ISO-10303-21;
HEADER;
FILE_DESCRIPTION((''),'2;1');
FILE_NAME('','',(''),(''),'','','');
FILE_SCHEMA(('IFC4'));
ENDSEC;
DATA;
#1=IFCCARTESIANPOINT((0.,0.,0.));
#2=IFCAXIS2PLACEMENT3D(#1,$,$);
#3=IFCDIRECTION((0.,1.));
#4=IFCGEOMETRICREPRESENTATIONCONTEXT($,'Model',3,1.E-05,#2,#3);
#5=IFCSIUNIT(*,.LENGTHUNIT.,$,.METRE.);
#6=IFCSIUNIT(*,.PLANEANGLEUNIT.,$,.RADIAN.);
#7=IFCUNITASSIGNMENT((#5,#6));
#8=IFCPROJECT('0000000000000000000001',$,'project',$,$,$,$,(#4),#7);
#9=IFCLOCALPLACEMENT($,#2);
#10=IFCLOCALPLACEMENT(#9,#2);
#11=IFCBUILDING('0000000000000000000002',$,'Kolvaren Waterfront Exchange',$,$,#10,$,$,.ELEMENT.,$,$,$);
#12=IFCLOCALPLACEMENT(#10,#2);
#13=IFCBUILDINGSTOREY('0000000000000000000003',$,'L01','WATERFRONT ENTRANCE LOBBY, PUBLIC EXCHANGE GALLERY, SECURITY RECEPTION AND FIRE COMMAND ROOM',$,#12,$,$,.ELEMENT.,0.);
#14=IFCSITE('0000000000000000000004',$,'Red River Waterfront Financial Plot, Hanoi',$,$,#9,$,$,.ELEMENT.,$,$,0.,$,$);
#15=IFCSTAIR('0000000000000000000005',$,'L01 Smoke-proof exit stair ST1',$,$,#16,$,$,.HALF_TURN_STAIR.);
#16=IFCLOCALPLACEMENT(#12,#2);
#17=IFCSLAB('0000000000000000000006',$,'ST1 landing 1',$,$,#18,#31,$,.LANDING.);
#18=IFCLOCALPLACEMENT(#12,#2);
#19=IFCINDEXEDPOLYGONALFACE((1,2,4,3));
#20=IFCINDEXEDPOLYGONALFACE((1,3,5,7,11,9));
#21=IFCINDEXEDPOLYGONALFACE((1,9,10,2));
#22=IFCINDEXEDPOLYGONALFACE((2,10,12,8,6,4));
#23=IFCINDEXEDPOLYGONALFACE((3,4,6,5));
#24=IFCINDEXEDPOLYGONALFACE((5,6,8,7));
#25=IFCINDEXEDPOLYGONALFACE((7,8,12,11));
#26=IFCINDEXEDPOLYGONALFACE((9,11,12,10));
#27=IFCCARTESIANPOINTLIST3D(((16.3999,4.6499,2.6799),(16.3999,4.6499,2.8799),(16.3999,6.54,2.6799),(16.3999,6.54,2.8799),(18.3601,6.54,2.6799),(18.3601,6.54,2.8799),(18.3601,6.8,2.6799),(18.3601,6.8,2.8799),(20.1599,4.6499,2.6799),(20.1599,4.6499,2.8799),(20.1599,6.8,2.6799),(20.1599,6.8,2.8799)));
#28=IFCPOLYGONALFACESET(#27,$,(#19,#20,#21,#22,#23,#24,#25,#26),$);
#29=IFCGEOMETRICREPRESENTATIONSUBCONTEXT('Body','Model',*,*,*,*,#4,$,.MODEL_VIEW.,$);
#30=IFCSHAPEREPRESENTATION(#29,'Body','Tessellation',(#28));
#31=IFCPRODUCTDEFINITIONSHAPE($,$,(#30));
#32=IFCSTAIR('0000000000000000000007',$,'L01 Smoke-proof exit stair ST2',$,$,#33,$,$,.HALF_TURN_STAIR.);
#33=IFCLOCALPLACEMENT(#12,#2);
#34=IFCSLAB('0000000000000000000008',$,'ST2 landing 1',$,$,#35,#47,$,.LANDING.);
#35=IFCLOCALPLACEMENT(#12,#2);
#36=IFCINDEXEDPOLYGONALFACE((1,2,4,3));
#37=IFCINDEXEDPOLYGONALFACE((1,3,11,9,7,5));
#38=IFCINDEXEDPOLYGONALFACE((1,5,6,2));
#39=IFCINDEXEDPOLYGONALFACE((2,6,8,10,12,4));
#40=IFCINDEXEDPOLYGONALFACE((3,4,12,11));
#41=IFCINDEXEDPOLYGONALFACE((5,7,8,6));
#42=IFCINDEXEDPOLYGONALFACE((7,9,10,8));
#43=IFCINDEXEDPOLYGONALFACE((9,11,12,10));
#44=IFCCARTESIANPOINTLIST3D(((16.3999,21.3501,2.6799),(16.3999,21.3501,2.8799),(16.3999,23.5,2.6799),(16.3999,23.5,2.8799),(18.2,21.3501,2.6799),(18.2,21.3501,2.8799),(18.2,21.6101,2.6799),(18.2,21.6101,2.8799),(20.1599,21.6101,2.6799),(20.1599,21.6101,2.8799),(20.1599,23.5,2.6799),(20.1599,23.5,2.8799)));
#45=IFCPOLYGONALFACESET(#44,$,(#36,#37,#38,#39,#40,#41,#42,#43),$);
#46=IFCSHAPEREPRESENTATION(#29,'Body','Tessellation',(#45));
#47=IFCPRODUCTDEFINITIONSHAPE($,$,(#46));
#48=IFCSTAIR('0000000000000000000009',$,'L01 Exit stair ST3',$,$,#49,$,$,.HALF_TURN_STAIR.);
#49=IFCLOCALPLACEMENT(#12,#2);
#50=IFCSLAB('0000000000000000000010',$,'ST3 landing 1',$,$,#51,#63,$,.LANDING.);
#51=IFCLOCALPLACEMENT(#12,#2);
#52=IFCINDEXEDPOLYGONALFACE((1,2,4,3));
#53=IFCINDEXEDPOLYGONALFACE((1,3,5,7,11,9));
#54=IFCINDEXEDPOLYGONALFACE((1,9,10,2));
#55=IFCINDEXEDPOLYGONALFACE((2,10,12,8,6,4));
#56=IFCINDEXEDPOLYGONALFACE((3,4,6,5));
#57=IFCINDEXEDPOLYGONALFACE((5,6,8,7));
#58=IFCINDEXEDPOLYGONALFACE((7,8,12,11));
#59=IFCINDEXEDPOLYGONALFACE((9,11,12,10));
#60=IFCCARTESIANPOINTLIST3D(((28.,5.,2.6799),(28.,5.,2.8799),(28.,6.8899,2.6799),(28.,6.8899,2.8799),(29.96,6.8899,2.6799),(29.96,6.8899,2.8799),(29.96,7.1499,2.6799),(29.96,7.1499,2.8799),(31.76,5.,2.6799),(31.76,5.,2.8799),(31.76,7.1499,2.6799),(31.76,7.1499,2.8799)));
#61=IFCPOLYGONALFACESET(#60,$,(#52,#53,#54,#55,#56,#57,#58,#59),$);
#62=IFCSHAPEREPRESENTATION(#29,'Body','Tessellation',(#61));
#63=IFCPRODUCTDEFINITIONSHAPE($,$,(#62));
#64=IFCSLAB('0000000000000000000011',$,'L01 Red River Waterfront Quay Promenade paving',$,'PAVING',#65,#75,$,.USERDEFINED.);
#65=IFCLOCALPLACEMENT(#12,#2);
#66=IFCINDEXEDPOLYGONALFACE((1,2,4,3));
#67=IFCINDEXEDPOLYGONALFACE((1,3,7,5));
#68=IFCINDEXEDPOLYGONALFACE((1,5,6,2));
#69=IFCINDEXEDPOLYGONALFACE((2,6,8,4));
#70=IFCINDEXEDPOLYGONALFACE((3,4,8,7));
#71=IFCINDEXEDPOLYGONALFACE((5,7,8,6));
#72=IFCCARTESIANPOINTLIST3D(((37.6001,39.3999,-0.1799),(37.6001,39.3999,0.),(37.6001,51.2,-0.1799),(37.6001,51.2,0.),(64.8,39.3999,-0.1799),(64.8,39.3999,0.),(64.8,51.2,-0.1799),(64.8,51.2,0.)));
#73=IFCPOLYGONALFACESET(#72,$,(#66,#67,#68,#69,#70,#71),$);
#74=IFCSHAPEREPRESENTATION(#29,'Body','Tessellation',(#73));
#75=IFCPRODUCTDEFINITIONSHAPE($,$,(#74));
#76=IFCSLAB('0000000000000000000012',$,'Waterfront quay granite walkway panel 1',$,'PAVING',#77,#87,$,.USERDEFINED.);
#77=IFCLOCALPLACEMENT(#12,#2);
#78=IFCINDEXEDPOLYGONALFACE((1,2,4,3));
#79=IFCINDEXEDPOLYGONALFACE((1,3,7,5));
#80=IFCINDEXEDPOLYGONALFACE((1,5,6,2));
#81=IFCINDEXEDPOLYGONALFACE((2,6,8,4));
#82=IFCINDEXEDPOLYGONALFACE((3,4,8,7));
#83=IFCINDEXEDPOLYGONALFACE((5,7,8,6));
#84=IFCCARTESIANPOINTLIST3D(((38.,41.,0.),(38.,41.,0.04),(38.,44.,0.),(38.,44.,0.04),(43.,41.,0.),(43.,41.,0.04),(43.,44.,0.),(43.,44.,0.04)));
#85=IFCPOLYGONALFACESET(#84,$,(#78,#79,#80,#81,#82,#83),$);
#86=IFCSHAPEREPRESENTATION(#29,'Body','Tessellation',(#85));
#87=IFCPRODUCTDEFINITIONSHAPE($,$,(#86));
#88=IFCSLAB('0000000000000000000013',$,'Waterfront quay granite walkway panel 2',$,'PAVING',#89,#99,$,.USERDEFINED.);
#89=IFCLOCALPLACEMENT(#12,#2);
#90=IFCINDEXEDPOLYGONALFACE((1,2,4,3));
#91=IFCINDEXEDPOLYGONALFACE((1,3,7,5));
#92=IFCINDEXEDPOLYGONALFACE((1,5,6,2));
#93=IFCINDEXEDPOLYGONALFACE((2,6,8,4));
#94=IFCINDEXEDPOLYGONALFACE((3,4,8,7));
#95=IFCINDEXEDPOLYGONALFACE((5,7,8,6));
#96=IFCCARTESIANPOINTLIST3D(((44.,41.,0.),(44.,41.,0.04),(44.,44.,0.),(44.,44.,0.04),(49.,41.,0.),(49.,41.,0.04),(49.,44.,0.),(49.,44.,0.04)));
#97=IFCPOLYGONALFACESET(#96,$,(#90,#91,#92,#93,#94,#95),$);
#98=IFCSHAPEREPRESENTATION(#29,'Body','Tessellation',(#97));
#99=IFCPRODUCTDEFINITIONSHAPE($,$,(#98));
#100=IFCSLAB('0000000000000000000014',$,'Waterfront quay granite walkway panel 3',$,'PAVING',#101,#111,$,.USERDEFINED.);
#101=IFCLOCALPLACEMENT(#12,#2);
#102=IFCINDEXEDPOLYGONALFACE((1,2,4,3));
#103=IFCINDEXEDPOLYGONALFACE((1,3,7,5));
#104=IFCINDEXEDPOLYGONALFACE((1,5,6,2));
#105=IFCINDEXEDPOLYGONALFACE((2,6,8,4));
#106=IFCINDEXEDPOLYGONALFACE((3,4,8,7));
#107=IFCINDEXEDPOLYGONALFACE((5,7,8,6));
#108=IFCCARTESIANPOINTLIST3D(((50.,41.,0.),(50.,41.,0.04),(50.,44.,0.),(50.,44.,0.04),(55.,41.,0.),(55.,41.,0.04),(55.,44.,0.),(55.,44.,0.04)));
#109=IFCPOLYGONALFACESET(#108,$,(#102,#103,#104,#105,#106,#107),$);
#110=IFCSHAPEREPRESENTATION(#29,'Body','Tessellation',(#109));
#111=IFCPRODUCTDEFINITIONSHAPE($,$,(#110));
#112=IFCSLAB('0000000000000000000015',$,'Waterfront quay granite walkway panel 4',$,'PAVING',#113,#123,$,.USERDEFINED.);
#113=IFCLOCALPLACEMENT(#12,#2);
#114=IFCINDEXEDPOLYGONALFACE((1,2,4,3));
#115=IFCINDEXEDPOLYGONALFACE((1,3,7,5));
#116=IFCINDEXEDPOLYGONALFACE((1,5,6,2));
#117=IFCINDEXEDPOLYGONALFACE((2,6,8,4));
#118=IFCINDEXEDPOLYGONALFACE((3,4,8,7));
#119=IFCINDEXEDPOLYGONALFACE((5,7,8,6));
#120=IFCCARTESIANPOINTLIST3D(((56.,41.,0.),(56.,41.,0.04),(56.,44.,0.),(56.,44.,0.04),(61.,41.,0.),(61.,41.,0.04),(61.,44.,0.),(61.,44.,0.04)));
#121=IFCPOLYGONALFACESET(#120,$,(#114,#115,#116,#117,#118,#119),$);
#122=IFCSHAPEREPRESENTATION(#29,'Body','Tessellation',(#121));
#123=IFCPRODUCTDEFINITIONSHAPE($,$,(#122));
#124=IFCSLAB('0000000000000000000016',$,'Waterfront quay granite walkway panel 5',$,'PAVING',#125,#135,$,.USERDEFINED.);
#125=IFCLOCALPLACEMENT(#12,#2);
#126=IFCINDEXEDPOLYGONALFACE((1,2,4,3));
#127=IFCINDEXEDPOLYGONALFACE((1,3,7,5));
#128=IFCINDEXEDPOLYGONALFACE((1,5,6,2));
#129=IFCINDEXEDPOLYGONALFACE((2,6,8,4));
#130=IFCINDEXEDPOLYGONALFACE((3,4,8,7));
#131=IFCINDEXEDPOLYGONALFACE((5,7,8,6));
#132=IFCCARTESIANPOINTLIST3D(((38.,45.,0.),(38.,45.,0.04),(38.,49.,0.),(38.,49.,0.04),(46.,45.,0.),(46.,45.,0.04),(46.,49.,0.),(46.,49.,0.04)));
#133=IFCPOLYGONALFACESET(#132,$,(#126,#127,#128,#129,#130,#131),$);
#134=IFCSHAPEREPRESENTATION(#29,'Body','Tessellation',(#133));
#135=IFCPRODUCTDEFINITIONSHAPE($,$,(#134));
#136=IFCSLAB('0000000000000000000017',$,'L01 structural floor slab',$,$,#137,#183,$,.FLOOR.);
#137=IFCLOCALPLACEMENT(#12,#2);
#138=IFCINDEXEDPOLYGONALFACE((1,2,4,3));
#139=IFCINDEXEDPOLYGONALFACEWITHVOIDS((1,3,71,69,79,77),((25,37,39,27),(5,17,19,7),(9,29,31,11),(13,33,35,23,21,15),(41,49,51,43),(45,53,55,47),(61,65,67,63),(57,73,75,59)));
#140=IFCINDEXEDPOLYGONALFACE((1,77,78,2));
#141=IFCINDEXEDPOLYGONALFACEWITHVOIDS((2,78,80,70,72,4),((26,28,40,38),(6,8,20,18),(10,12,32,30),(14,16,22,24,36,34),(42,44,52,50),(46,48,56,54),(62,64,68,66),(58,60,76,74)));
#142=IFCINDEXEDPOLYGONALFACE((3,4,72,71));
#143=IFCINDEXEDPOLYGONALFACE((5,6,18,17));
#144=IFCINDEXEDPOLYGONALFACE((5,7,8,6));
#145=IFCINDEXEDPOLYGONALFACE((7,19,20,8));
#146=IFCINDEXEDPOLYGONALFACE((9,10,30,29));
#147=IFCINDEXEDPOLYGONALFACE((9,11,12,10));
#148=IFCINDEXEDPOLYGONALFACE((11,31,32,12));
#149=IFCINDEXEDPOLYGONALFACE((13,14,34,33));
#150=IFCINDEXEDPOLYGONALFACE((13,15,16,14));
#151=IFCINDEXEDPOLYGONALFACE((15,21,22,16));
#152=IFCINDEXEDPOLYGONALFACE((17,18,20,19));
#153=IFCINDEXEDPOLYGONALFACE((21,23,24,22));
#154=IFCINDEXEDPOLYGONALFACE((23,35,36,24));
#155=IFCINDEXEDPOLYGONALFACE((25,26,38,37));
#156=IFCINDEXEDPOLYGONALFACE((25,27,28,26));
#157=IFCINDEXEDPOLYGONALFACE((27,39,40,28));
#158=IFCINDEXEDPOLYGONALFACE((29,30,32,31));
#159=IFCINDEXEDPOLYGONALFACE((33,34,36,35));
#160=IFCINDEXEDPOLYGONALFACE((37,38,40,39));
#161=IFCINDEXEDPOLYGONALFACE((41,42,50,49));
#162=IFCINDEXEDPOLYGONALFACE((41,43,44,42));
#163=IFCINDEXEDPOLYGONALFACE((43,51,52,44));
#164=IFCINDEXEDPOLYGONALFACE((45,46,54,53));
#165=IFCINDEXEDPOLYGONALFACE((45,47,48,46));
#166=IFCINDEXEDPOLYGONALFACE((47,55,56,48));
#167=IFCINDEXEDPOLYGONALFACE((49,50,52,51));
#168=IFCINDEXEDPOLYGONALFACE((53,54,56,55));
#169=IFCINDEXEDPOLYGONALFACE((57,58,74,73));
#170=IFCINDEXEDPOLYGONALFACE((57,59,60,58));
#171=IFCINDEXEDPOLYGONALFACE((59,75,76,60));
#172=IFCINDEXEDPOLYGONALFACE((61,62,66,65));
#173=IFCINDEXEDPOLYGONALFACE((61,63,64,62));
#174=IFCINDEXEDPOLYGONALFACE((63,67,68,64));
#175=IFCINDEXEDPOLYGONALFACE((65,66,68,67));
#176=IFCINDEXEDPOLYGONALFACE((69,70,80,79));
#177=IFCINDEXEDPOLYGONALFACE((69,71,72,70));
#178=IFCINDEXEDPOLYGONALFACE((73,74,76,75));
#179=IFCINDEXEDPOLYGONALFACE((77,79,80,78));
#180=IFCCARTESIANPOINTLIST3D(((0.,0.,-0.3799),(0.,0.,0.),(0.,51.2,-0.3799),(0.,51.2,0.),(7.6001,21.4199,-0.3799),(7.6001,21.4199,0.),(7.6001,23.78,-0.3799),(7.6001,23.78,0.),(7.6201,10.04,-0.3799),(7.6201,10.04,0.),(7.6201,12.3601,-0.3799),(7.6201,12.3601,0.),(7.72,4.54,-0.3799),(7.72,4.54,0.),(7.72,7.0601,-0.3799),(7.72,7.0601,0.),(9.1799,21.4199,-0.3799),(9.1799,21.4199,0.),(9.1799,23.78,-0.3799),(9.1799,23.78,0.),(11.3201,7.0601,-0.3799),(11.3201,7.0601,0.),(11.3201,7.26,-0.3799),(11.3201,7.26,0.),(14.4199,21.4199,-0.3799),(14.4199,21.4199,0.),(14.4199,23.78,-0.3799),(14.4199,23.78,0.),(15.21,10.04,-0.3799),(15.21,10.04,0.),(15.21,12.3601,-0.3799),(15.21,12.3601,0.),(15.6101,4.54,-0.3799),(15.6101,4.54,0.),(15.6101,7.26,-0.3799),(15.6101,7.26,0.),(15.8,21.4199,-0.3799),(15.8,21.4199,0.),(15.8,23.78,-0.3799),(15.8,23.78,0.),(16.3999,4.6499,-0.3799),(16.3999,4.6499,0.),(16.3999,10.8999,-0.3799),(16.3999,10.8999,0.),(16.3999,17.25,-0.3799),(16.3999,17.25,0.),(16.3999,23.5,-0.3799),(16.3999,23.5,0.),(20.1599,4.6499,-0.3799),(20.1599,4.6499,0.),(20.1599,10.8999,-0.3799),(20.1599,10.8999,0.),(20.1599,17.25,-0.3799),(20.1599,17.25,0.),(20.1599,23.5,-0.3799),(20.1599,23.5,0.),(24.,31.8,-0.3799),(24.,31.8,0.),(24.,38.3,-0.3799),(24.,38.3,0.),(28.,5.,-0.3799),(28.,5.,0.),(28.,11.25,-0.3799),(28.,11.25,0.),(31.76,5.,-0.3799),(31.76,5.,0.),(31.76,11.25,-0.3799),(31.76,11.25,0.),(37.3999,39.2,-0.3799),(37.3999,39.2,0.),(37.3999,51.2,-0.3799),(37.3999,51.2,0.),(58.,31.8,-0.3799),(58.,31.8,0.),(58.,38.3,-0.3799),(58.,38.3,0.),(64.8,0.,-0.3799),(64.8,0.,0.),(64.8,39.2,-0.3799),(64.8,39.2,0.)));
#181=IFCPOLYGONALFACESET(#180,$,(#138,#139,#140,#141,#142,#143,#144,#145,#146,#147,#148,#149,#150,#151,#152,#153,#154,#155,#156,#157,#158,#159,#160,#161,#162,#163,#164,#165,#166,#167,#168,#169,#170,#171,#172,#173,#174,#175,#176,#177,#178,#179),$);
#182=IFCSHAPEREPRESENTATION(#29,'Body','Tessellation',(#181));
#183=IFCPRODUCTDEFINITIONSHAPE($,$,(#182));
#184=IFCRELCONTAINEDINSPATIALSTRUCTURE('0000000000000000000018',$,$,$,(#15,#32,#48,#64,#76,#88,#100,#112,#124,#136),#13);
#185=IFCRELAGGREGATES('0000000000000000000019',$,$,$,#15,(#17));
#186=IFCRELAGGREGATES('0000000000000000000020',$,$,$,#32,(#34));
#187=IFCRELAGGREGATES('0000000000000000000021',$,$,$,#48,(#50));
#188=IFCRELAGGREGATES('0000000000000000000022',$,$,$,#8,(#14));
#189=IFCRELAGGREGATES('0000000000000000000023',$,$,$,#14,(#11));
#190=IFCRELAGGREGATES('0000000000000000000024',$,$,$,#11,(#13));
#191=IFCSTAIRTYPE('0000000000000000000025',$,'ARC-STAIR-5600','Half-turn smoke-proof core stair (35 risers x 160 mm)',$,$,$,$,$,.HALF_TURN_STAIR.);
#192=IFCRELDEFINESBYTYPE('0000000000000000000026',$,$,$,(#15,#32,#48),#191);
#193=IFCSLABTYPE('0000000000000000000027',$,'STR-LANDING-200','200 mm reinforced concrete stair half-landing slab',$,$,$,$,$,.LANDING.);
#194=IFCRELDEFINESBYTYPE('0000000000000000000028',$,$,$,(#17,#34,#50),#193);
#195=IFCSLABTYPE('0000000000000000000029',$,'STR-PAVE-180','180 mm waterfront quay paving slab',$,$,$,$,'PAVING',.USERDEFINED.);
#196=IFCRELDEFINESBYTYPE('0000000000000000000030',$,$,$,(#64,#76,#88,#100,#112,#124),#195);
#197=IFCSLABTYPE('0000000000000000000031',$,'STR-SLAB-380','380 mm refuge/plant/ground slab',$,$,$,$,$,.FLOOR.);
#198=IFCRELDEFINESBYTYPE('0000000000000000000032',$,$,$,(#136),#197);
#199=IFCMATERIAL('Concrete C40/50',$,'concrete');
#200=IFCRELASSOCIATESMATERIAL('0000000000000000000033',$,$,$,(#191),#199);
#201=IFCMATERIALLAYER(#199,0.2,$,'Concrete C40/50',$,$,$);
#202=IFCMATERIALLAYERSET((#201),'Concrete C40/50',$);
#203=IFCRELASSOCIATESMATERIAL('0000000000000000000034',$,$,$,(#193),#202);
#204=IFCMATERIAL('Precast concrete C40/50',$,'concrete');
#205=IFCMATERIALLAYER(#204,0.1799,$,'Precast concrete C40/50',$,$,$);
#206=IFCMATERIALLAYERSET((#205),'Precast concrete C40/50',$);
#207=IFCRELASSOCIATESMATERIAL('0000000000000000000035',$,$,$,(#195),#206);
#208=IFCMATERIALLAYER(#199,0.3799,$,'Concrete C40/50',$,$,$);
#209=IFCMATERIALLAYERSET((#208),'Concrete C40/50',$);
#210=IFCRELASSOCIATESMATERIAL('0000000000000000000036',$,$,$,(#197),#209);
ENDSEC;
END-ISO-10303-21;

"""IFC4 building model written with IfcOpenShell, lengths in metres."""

from ifc_helpers import new_model, si_unit, direction, frame, origin, place, context, subcontext, project, spatial, polyline, outline, extrude, material, layer, layer_set, type_object, element, aggregate, save


model = new_model("IFC4")

# Units and contexts
model_context = context("Model", 3, precision=1e-05, world=origin(), true_north=direction((0.0, 1.0)))
body_context = subcontext(model_context, "Body", "Model", "MODEL_VIEW")
ifc_project = project(units=[si_unit("LENGTHUNIT", "METRE"), si_unit("PLANEANGLEUNIT", "RADIAN")], contexts=[model_context])

# Site, building, storey
site_placement = place(None, origin())
site = spatial("IfcSite", under=ifc_project, at=site_placement, Name="Red River Waterfront Financial Plot, Hanoi", CompositionType="ELEMENT", RefElevation=0.0)
building_placement = place(site_placement, origin())
building = spatial("IfcBuilding", under=site, at=building_placement, Name="Kolvaren Waterfront Exchange", CompositionType="ELEMENT")
storey_placement = place(building_placement, origin())
storey = spatial("IfcBuildingStorey", under=building, at=storey_placement, Name="L01", Description="WATERFRONT ENTRANCE LOBBY, PUBLIC EXCHANGE GALLERY, SECURITY RECEPTION AND FIRE COMMAND ROOM", CompositionType="ELEMENT", Elevation=0.0)

# Stairs, slabs
ifc_material_1 = material(Name="Concrete C40/50", Category="concrete")
stair_type = type_object("IfcStairType", Name="ARC-STAIR-5600", Description="Half-turn smoke-proof core stair (35 risers x 160 mm)", PredefinedType="HALF_TURN_STAIR", material=ifc_material_1)
stair_1_placement = place(storey_placement, origin())
stair_1 = element("IfcStair", 1, at=stair_1_placement, inside=storey, type_object=stair_type, Name="L01 Smoke-proof exit stair ST1", PredefinedType="HALF_TURN_STAIR")
ifc_layer_1 = layer(ifc_material_1, 0.2, Name="Concrete C40/50")
ifc_layer_set_1 = layer_set([ifc_layer_1], Name="Concrete C40/50")
slab_type_1 = type_object("IfcSlabType", Name="STR-LANDING-200", Description="200 mm reinforced concrete stair half-landing slab", PredefinedType="LANDING", material=ifc_layer_set_1)
slab_1_placement = place(storey_placement, frame((0.0, 0.0, 2.6799)))
slab_1 = element("IfcSlab", 2, at=slab_1_placement, type_object=slab_type_1, Name="ST1 landing 1", PredefinedType="LANDING", context=body_context, shape_type="SweptSolid", body=[
    extrude(outline(polyline([(16.3999, 6.54), (16.3999, 4.6499), (20.1599, 4.6499), (20.1599, 6.8), (18.3601, 6.8), (18.3601, 6.54), (16.3999, 6.54)])), origin(), (0.0, 0.0, 1.0), 0.2),
])
aggregate(stair_1, [slab_1])
stair_2_placement = place(storey_placement, origin())
stair_2 = element("IfcStair", 3, at=stair_2_placement, inside=storey, type_object=stair_type, Name="L01 Smoke-proof exit stair ST2", PredefinedType="HALF_TURN_STAIR")
slab_2_placement = place(storey_placement, frame((0.0, 0.0, 2.6799)))
slab_2 = element("IfcSlab", 4, at=slab_2_placement, type_object=slab_type_1, Name="ST2 landing 1", PredefinedType="LANDING", context=body_context, shape_type="SweptSolid", body=[
    extrude(outline(polyline([(20.1599, 21.6101), (20.1599, 23.5), (16.3999, 23.5), (16.3999, 21.3501), (18.2, 21.3501), (18.2, 21.6101), (20.1599, 21.6101)])), origin(), (0.0, 0.0, 1.0), 0.2),
])
aggregate(stair_2, [slab_2])
stair_3_placement = place(storey_placement, origin())
stair_3 = element("IfcStair", 5, at=stair_3_placement, inside=storey, type_object=stair_type, Name="L01 Exit stair ST3", PredefinedType="HALF_TURN_STAIR")
slab_3_placement = place(storey_placement, frame((0.0, 0.0, 2.6799)))
slab_3 = element("IfcSlab", 6, at=slab_3_placement, type_object=slab_type_1, Name="ST3 landing 1", PredefinedType="LANDING", context=body_context, shape_type="SweptSolid", body=[
    extrude(outline(polyline([(28.0, 6.8899), (28.0, 5.0), (31.76, 5.0), (31.76, 7.1499), (29.96, 7.1499), (29.96, 6.8899), (28.0, 6.8899)])), origin(), (0.0, 0.0, 1.0), 0.2),
])
aggregate(stair_3, [slab_3])

# Slabs
ifc_material_2 = material(Name="Precast concrete C40/50", Category="concrete")
ifc_layer_2 = layer(ifc_material_2, 0.1799, Name="Precast concrete C40/50")
ifc_layer_set_2 = layer_set([ifc_layer_2], Name="Precast concrete C40/50")
slab_type_2 = type_object("IfcSlabType", Name="STR-PAVE-180", Description="180 mm waterfront quay paving slab", ElementType="PAVING", PredefinedType="USERDEFINED", material=ifc_layer_set_2)
slab_4_placement = place(storey_placement, frame((0.0, 0.0, -0.1799)))
element("IfcSlab", 7, at=slab_4_placement, inside=storey, type_object=slab_type_2, Name="L01 Red River Waterfront Quay Promenade paving", ObjectType="PAVING", PredefinedType="USERDEFINED", context=body_context, shape_type="SweptSolid", body=[
    extrude(outline(polyline([(37.6001, 39.3999), (64.8, 39.3999), (64.8, 51.2), (37.6001, 51.2), (37.6001, 39.3999)])), origin(), (0.0, 0.0, 1.0), 0.1799),
])
slab_5_placement = place(storey_placement, origin())
element("IfcSlab", 8, at=slab_5_placement, inside=storey, type_object=slab_type_2, Name="Waterfront quay granite walkway panel 1", ObjectType="PAVING", PredefinedType="USERDEFINED", context=body_context, shape_type="SweptSolid", body=[
    extrude(outline(polyline([(38.0, 41.0), (43.0, 41.0), (43.0, 44.0), (38.0, 44.0), (38.0, 41.0)])), origin(), (0.0, 0.0, 1.0), 0.04),
])
slab_6_placement = place(storey_placement, origin())
element("IfcSlab", 9, at=slab_6_placement, inside=storey, type_object=slab_type_2, Name="Waterfront quay granite walkway panel 2", ObjectType="PAVING", PredefinedType="USERDEFINED", context=body_context, shape_type="SweptSolid", body=[
    extrude(outline(polyline([(44.0, 41.0), (49.0, 41.0), (49.0, 44.0), (44.0, 44.0), (44.0, 41.0)])), origin(), (0.0, 0.0, 1.0), 0.04),
])
slab_7_placement = place(storey_placement, origin())
element("IfcSlab", 10, at=slab_7_placement, inside=storey, type_object=slab_type_2, Name="Waterfront quay granite walkway panel 3", ObjectType="PAVING", PredefinedType="USERDEFINED", context=body_context, shape_type="SweptSolid", body=[
    extrude(outline(polyline([(50.0, 41.0), (55.0, 41.0), (55.0, 44.0), (50.0, 44.0), (50.0, 41.0)])), origin(), (0.0, 0.0, 1.0), 0.04),
])
slab_8_placement = place(storey_placement, origin())
element("IfcSlab", 11, at=slab_8_placement, inside=storey, type_object=slab_type_2, Name="Waterfront quay granite walkway panel 4", ObjectType="PAVING", PredefinedType="USERDEFINED", context=body_context, shape_type="SweptSolid", body=[
    extrude(outline(polyline([(56.0, 41.0), (61.0, 41.0), (61.0, 44.0), (56.0, 44.0), (56.0, 41.0)])), origin(), (0.0, 0.0, 1.0), 0.04),
])
slab_9_placement = place(storey_placement, origin())
element("IfcSlab", 12, at=slab_9_placement, inside=storey, type_object=slab_type_2, Name="Waterfront quay granite walkway panel 5", ObjectType="PAVING", PredefinedType="USERDEFINED", context=body_context, shape_type="SweptSolid", body=[
    extrude(outline(polyline([(38.0, 45.0), (46.0, 45.0), (46.0, 49.0), (38.0, 49.0), (38.0, 45.0)])), origin(), (0.0, 0.0, 1.0), 0.04),
])
ifc_layer_3 = layer(ifc_material_1, 0.3799, Name="Concrete C40/50")
ifc_layer_set_3 = layer_set([ifc_layer_3], Name="Concrete C40/50")
slab_type_3 = type_object("IfcSlabType", Name="STR-SLAB-380", Description="380 mm refuge/plant/ground slab", PredefinedType="FLOOR", material=ifc_layer_set_3)
slab_10_placement = place(storey_placement, frame((0.0, 0.0, -0.3799)))
element("IfcSlab", 13, at=slab_10_placement, inside=storey, type_object=slab_type_3, Name="L01 structural floor slab", PredefinedType="FLOOR", context=body_context, shape_type="SweptSolid", body=[
    extrude(outline(polyline([(0.0, 0.0), (64.8, 0.0), (64.8, 39.2), (37.3999, 39.2), (37.3999, 51.2), (0.0, 51.2), (0.0, 0.0)]), holes=[polyline([(11.3201, 7.26), (15.6101, 7.26), (15.6101, 4.54), (7.72, 4.54), (7.72, 7.0601), (11.3201, 7.0601), (11.3201, 7.26)]), polyline([(20.1599, 10.8999), (20.1599, 4.6499), (16.3999, 4.6499), (16.3999, 10.8999), (20.1599, 10.8999)]), polyline([(31.76, 11.25), (31.76, 5.0), (28.0, 5.0), (28.0, 11.25), (31.76, 11.25)]), polyline([(15.21, 10.04), (7.6201, 10.04), (7.6201, 12.3601), (15.21, 12.3601), (15.21, 10.04)]), polyline([(16.3999, 17.25), (16.3999, 23.5), (20.1599, 23.5), (20.1599, 17.25), (16.3999, 17.25)]), polyline([(7.6001, 23.78), (9.1799, 23.78), (9.1799, 21.4199), (7.6001, 21.4199), (7.6001, 23.78)]), polyline([(14.4199, 23.78), (15.8, 23.78), (15.8, 21.4199), (14.4199, 21.4199), (14.4199, 23.78)]), polyline([(24.0, 38.3), (58.0, 38.3), (58.0, 31.8), (24.0, 31.8), (24.0, 38.3)])]), origin(), (0.0, 0.0, 1.0), 0.3799),
])

save(model, "model.ifc")
